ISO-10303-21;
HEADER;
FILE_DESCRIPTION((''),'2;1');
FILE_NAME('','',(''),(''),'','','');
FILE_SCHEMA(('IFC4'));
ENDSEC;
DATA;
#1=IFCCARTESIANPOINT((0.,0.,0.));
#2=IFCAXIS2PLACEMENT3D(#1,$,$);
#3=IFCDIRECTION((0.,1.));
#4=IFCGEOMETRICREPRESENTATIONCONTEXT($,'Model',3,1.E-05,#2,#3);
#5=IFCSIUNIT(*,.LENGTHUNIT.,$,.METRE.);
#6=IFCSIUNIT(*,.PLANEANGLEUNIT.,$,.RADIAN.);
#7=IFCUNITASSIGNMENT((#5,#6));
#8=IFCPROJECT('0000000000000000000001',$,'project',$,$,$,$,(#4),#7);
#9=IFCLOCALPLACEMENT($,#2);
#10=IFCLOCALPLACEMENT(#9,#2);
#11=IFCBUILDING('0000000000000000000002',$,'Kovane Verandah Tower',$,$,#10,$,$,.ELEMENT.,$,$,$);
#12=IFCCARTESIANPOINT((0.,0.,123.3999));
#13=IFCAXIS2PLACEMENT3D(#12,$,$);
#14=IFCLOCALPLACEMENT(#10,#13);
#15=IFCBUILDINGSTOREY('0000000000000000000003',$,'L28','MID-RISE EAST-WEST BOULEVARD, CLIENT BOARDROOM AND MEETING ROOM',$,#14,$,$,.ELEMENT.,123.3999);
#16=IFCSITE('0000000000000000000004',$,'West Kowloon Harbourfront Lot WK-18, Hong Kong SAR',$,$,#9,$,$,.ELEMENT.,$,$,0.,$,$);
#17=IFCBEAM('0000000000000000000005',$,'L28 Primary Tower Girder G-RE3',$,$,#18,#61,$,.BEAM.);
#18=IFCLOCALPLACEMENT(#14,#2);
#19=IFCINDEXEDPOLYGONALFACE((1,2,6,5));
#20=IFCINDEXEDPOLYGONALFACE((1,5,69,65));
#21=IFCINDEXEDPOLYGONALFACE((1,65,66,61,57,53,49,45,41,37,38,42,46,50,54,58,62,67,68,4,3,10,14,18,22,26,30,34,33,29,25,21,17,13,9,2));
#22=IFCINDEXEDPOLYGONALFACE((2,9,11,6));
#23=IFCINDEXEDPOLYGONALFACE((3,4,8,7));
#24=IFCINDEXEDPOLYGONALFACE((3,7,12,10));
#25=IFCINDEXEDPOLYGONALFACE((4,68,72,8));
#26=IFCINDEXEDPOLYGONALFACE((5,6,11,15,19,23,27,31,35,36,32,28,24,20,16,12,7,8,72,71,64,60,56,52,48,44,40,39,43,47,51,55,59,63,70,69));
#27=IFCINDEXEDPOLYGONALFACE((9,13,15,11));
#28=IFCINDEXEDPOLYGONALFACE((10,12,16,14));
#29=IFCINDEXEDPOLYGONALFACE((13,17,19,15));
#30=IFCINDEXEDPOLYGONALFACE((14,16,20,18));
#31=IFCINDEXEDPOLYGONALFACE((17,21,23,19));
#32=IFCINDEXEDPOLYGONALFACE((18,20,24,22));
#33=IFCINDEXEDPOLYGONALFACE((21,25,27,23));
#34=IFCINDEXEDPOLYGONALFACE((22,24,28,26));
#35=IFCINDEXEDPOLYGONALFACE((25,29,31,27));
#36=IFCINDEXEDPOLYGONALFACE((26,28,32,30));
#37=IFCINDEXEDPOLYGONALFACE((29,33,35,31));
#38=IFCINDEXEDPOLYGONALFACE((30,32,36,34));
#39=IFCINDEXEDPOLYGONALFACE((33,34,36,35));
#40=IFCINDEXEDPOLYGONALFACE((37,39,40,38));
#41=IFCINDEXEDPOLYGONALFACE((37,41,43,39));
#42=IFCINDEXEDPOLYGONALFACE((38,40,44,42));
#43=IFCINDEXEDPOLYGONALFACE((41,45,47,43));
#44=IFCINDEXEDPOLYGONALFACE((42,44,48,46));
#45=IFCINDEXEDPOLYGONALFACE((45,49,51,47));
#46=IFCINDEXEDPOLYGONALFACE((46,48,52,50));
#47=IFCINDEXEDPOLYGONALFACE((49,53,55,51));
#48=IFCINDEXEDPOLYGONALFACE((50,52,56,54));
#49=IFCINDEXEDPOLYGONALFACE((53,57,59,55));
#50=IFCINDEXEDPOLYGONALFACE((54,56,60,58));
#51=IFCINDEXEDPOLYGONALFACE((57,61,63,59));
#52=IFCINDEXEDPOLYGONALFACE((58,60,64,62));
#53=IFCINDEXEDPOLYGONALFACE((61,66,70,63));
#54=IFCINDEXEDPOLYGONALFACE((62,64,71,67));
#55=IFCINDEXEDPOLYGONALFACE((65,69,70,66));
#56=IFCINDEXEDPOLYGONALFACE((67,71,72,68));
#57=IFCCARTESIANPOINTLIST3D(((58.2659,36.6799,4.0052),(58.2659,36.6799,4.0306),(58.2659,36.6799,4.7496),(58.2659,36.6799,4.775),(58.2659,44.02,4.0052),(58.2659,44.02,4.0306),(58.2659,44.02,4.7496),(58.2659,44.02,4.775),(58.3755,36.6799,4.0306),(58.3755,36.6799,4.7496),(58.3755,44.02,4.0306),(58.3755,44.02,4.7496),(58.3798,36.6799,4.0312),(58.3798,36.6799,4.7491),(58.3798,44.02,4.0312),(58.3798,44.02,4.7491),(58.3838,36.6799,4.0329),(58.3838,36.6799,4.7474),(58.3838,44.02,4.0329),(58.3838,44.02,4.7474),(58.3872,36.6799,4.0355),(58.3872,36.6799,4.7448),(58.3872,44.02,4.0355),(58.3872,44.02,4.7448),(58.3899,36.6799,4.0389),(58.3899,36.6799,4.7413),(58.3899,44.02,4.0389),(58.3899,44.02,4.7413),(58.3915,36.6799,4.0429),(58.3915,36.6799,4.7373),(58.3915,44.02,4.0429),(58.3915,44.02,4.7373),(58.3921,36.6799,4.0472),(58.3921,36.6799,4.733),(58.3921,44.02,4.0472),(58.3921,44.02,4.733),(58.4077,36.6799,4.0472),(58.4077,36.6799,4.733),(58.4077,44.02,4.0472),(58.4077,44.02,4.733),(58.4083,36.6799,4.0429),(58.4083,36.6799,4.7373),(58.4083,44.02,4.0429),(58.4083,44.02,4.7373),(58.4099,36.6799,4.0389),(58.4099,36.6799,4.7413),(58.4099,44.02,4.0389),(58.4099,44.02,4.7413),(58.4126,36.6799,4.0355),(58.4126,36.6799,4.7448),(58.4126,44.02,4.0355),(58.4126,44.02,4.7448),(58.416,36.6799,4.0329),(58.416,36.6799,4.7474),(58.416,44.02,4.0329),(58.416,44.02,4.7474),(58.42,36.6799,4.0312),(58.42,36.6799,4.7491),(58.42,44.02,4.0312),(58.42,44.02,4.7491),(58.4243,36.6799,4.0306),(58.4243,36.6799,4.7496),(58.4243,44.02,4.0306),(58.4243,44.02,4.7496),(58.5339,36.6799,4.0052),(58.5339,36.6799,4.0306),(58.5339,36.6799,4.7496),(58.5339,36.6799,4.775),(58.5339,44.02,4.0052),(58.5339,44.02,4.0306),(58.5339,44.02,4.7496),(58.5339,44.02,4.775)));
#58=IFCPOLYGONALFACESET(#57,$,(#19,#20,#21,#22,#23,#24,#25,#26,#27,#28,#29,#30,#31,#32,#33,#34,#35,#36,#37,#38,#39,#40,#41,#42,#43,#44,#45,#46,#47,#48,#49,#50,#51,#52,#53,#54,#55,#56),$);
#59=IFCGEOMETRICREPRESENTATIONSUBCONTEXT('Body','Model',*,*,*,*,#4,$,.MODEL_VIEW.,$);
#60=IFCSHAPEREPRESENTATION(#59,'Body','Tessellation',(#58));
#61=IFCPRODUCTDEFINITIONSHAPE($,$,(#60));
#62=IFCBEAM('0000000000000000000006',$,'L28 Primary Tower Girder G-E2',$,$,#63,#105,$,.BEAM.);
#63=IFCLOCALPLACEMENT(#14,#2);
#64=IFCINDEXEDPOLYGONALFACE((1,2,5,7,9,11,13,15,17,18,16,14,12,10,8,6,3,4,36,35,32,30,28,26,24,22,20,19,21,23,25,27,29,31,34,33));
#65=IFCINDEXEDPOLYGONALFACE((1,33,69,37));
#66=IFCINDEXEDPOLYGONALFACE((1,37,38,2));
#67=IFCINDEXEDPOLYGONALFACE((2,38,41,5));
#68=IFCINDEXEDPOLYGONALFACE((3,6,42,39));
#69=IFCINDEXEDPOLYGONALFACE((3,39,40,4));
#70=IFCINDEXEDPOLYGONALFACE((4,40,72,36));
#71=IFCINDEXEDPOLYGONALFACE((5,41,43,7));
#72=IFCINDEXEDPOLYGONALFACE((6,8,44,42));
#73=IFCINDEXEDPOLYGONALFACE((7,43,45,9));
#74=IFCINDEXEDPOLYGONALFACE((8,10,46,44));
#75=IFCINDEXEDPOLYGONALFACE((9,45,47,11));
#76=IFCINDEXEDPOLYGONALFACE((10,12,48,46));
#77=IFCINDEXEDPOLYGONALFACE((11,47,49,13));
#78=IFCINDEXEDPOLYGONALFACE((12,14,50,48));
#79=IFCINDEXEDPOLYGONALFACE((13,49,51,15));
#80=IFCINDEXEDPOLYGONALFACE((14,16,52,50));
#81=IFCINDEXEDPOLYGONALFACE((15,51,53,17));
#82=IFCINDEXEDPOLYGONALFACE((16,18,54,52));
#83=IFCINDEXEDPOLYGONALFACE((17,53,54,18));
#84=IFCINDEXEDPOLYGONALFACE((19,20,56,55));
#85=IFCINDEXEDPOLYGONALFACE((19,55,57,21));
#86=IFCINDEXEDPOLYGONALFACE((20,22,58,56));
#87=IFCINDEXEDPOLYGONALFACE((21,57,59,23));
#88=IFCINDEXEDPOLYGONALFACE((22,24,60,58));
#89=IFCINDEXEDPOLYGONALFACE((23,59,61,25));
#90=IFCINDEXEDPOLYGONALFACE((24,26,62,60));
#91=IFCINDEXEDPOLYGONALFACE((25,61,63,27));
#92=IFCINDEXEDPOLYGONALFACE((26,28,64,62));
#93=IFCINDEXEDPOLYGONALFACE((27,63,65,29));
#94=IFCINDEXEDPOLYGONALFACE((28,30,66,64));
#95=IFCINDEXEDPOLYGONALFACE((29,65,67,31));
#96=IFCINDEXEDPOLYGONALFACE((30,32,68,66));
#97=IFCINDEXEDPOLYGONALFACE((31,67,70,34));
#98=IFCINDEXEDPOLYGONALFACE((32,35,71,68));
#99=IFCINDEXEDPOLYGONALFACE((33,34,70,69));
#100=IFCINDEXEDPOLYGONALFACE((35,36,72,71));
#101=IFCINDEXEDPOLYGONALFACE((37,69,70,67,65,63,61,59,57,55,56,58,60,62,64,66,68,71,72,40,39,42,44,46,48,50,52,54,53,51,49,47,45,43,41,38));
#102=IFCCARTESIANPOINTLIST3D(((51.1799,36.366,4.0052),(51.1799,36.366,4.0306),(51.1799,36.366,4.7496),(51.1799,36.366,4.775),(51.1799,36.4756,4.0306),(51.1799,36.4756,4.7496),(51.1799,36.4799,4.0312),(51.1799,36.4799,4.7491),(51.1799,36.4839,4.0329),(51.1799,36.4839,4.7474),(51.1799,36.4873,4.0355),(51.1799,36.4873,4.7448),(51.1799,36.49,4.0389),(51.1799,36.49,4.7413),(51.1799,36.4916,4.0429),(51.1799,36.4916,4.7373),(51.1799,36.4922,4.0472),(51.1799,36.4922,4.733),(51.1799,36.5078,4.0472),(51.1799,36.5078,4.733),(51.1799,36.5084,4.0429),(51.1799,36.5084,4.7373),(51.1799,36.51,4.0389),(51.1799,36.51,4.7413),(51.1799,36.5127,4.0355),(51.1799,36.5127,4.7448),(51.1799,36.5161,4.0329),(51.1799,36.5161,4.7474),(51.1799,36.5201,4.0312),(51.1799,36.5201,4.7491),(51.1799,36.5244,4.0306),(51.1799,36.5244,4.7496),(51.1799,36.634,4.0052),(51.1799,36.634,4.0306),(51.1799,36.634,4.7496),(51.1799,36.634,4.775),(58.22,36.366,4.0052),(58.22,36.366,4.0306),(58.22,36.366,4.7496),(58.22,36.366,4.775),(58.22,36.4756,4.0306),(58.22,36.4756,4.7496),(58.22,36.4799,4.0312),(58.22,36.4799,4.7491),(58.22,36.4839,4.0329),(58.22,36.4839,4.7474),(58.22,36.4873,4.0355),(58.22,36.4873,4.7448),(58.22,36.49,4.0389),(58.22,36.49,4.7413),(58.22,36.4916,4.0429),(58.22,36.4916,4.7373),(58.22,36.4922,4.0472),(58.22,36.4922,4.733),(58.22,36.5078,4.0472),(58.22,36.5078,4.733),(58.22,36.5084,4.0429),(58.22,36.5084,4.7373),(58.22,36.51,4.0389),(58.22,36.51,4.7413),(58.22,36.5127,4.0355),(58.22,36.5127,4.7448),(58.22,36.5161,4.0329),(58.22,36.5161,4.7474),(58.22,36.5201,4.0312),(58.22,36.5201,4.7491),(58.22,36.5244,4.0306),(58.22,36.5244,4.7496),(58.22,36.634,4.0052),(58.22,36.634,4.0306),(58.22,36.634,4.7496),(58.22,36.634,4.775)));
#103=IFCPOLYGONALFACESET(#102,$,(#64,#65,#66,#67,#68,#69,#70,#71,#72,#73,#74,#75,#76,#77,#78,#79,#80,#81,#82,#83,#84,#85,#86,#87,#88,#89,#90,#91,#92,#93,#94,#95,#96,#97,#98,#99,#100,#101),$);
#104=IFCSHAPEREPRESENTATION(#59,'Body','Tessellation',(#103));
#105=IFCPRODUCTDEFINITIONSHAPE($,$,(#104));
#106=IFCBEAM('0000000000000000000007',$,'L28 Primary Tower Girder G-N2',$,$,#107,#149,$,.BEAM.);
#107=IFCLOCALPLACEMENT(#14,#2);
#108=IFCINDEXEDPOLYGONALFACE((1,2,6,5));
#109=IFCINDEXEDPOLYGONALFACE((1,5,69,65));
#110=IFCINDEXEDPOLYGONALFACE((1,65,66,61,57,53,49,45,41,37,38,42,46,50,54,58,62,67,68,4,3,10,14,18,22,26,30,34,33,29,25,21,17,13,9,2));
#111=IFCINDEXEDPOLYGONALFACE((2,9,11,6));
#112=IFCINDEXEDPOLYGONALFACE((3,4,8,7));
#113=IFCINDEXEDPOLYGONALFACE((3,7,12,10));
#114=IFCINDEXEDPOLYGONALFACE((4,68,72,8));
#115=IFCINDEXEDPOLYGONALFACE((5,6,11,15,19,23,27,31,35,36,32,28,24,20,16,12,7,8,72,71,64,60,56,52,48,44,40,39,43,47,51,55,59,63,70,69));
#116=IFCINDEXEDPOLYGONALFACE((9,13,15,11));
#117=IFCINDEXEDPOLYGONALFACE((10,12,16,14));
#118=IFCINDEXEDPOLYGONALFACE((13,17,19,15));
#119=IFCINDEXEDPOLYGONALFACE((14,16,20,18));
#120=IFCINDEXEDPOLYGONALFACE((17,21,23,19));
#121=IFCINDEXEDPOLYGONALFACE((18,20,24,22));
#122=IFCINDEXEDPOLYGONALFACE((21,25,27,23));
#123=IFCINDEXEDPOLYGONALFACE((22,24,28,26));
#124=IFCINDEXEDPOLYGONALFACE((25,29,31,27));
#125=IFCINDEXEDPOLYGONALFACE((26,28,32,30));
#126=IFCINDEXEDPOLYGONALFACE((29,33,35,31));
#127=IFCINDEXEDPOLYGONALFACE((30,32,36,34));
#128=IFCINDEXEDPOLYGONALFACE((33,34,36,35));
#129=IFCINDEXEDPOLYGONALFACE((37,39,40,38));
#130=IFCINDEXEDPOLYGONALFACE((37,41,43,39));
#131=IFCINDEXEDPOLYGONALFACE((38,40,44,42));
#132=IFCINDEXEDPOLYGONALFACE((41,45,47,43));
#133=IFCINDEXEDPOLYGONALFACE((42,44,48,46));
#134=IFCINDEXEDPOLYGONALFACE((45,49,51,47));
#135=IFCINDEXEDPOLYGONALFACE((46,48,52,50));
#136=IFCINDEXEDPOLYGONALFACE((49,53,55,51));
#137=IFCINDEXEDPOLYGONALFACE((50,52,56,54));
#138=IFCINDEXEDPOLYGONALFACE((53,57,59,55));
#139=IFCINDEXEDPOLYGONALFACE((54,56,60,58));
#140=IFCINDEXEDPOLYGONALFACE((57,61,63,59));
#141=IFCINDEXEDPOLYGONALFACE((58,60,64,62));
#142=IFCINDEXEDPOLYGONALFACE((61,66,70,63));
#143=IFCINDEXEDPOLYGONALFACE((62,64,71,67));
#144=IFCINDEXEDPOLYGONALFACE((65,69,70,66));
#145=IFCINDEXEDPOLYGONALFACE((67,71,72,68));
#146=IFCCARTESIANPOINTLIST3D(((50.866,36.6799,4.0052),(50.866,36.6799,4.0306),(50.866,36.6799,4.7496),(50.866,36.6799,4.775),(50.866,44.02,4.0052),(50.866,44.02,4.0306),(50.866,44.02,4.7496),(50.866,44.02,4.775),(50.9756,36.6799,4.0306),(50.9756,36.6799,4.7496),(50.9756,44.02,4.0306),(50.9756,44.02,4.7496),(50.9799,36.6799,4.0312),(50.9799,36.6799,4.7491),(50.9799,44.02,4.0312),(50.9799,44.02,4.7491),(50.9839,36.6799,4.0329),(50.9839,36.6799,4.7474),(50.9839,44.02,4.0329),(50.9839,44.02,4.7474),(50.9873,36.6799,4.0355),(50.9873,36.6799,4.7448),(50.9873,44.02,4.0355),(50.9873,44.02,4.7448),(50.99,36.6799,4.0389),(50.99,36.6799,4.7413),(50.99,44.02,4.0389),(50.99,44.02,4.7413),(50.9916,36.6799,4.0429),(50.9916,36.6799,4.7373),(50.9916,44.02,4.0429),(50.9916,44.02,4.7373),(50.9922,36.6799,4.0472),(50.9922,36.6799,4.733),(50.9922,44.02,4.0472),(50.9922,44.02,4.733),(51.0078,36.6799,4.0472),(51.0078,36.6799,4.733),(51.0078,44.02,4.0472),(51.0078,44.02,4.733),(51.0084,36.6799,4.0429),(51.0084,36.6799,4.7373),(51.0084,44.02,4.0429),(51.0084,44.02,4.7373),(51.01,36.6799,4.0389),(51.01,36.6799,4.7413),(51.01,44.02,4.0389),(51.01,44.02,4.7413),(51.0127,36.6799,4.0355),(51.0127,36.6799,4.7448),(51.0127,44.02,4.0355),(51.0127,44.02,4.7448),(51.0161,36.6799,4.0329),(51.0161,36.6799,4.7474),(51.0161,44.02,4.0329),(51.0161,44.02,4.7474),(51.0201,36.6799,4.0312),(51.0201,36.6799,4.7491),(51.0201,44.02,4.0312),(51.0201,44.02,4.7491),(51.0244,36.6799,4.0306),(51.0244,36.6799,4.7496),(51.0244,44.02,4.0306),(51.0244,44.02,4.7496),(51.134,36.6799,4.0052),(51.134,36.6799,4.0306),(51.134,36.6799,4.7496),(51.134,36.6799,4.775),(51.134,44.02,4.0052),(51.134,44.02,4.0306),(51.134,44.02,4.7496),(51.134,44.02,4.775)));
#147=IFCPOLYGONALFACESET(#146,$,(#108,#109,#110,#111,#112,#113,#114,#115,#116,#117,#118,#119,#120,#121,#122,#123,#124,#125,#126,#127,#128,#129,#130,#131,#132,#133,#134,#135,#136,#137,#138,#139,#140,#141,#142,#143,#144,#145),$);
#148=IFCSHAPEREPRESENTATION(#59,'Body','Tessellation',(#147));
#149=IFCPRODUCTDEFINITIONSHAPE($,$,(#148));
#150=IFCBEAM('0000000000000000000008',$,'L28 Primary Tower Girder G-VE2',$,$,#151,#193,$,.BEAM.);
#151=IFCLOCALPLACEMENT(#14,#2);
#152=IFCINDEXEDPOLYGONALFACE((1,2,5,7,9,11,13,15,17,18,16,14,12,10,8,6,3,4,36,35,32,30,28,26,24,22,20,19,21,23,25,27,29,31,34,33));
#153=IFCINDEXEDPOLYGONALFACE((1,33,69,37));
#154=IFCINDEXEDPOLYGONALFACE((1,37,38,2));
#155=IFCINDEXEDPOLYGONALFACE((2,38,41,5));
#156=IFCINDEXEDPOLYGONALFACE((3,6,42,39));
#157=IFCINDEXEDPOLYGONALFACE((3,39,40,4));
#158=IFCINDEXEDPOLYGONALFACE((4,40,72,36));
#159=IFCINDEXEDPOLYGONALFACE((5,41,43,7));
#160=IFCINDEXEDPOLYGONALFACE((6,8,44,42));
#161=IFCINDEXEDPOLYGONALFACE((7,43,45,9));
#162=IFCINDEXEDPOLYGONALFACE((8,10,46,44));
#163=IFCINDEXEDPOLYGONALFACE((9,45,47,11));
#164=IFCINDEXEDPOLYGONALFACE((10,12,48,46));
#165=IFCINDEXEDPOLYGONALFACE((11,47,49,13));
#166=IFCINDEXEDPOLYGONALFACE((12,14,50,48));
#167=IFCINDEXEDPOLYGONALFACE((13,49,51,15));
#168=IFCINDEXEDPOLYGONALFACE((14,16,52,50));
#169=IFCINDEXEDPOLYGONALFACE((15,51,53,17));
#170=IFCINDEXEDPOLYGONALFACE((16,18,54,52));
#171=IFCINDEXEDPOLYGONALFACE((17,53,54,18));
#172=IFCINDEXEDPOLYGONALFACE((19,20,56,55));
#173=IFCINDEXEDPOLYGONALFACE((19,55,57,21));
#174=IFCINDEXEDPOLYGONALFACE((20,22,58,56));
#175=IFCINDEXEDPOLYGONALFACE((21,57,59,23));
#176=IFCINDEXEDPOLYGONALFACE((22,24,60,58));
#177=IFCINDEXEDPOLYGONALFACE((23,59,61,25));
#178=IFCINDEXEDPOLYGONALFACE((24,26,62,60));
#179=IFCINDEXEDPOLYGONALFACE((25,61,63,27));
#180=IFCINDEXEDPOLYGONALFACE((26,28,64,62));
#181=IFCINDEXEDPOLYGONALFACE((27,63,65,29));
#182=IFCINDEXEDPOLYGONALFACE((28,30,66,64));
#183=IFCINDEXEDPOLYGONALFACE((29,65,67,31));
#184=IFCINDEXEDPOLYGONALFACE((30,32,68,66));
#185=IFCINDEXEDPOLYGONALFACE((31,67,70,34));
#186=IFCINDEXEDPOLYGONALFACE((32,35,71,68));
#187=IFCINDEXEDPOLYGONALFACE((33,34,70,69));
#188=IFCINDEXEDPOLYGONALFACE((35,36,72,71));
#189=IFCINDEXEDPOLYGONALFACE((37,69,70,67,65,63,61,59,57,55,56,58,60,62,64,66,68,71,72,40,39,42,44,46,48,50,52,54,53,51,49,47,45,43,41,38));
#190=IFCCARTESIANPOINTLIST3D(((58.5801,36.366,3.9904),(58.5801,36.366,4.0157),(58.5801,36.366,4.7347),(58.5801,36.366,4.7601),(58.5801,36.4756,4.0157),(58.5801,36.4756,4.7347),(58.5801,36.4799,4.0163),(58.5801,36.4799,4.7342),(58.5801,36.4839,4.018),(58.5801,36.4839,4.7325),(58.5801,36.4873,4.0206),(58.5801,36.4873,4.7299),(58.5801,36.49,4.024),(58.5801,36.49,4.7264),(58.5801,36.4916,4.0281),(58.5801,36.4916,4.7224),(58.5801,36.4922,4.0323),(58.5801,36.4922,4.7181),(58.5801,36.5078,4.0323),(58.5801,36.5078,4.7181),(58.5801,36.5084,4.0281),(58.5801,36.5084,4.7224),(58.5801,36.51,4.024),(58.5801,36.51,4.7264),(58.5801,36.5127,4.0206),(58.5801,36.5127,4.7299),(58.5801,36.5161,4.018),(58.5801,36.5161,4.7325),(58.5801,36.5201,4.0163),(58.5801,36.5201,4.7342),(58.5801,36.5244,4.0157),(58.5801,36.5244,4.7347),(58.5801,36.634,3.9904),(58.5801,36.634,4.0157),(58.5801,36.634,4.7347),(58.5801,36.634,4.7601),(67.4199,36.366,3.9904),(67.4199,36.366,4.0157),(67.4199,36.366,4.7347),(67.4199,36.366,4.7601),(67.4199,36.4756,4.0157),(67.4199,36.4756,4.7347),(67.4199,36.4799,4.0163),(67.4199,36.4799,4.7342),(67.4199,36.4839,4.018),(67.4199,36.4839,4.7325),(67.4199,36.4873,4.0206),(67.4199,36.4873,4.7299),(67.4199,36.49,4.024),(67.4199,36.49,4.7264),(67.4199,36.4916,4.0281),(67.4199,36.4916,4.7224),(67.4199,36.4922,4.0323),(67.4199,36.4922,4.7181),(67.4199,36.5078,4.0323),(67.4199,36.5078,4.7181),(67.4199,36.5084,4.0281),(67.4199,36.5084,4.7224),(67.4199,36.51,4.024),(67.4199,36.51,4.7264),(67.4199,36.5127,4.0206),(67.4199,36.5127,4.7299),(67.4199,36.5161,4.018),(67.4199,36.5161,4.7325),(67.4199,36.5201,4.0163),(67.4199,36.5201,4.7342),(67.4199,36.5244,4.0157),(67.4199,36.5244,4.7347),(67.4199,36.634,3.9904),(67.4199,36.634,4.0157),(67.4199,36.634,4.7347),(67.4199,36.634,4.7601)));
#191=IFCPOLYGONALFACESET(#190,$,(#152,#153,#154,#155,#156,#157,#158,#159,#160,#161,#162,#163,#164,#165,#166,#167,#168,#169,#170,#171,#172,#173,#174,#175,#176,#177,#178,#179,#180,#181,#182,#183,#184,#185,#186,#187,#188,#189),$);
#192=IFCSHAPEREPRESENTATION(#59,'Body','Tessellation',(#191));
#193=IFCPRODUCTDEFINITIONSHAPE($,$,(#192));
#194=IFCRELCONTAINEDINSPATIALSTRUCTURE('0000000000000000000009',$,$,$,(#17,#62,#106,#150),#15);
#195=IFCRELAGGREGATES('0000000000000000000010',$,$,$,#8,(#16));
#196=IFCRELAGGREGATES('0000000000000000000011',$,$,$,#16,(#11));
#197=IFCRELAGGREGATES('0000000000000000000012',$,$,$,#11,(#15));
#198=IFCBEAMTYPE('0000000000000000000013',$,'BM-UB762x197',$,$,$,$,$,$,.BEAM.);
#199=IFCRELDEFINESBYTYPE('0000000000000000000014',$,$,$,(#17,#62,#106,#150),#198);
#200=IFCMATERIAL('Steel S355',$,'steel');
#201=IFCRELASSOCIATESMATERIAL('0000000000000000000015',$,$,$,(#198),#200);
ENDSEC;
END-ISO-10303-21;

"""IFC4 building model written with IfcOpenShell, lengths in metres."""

from ifc_helpers import new_model, si_unit, direction, frame, origin, origin_2d, place, context, subcontext, project, spatial, i_section, extrude, material, material_profile, profile_set, type_object, element, save


model = new_model("IFC4")

# Units and contexts
model_context = context("Model", 3, precision=1e-05, world=origin(), true_north=direction((0.0, 1.0)))
body_context = subcontext(model_context, "Body", "Model", "MODEL_VIEW")
ifc_project = project(units=[si_unit("LENGTHUNIT", "METRE"), si_unit("PLANEANGLEUNIT", "RADIAN")], contexts=[model_context])

# Site, building, storey
site_placement = place(None, origin())
site = spatial("IfcSite", under=ifc_project, at=site_placement, Name="West Kowloon Harbourfront Lot WK-18, Hong Kong SAR", CompositionType="ELEMENT", RefElevation=0.0)
building_placement = place(site_placement, origin())
building = spatial("IfcBuilding", under=site, at=building_placement, Name="Kovane Verandah Tower", CompositionType="ELEMENT")
storey_placement = place(building_placement, frame((0.0, 0.0, 123.3999)))
storey = spatial("IfcBuildingStorey", under=building, at=storey_placement, Name="L28", Description="MID-RISE EAST-WEST BOULEVARD, CLIENT BOARDROOM AND MEETING ROOM", CompositionType="ELEMENT", Elevation=123.3999)

# Beams
ifc_material_1 = material(Name="Steel S355", Category="steel")
ifc_material_profile_1 = material_profile(ifc_material_1, i_section(OverallWidth=0.2681, OverallDepth=0.7698, WebThickness=0.0156, FlangeThickness=0.0254, FilletRadius=0.0166, at=origin_2d()), Name="UB762x267x197")
ifc_profile_set_1 = profile_set([ifc_material_profile_1], Name="Steel S355")
beam_type_1 = type_object("IfcBeamType", Name="BM-UB762x197", PredefinedType="BEAM", material=ifc_profile_set_1)
beam_1_placement = place(storey_placement, frame((58.3999, 36.6799, 4.3901), z_axis=(0.0, 1.0, 0.0), x_axis=(-1.0, 0.0, 0.0)))
element("IfcBeam", 1, at=beam_1_placement, inside=storey, type_object=beam_type_1, Name="L28 Primary Tower Girder G-RE3", PredefinedType="BEAM", context=body_context, shape_type="SweptSolid", body=[
    extrude(i_section(OverallWidth=0.2681, OverallDepth=0.7698, WebThickness=0.0156, FlangeThickness=0.0254, FilletRadius=0.0166, at=origin_2d()), origin(), (0.0, 0.0, 1.0), 7.3401),
])
beam_2_placement = place(storey_placement, frame((51.1799, 36.5, 4.3901), z_axis=(1.0, 0.0, 0.0), x_axis=(0.0, 1.0, 0.0)))
element("IfcBeam", 2, at=beam_2_placement, inside=storey, type_object=beam_type_1, Name="L28 Primary Tower Girder G-E2", PredefinedType="BEAM", context=body_context, shape_type="SweptSolid", body=[
    extrude(i_section(OverallWidth=0.2681, OverallDepth=0.7698, WebThickness=0.0156, FlangeThickness=0.0254, FilletRadius=0.0166, at=origin_2d()), origin(), (0.0, 0.0, 1.0), 7.04),
])
beam_3_placement = place(storey_placement, frame((51.0, 36.6799, 4.3901), z_axis=(0.0, 1.0, 0.0), x_axis=(-1.0, 0.0, 0.0)))
element("IfcBeam", 3, at=beam_3_placement, inside=storey, type_object=beam_type_1, Name="L28 Primary Tower Girder G-N2", PredefinedType="BEAM", context=body_context, shape_type="SweptSolid", body=[
    extrude(i_section(OverallWidth=0.2681, OverallDepth=0.7698, WebThickness=0.0156, FlangeThickness=0.0254, FilletRadius=0.0166, at=origin_2d()), origin(), (0.0, 0.0, 1.0), 7.3401),
])
beam_4_placement = place(storey_placement, frame((58.5801, 36.5, 4.3752), z_axis=(1.0, 0.0, 0.0), x_axis=(0.0, 1.0, 0.0)))
element("IfcBeam", 4, at=beam_4_placement, inside=storey, type_object=beam_type_1, Name="L28 Primary Tower Girder G-VE2", PredefinedType="BEAM", context=body_context, shape_type="SweptSolid", body=[
    extrude(i_section(OverallWidth=0.2681, OverallDepth=0.7698, WebThickness=0.0156, FlangeThickness=0.0254, FilletRadius=0.0166, at=origin_2d()), origin(), (0.0, 0.0, 1.0), 8.8398),
])

save(model, "model.ifc")
